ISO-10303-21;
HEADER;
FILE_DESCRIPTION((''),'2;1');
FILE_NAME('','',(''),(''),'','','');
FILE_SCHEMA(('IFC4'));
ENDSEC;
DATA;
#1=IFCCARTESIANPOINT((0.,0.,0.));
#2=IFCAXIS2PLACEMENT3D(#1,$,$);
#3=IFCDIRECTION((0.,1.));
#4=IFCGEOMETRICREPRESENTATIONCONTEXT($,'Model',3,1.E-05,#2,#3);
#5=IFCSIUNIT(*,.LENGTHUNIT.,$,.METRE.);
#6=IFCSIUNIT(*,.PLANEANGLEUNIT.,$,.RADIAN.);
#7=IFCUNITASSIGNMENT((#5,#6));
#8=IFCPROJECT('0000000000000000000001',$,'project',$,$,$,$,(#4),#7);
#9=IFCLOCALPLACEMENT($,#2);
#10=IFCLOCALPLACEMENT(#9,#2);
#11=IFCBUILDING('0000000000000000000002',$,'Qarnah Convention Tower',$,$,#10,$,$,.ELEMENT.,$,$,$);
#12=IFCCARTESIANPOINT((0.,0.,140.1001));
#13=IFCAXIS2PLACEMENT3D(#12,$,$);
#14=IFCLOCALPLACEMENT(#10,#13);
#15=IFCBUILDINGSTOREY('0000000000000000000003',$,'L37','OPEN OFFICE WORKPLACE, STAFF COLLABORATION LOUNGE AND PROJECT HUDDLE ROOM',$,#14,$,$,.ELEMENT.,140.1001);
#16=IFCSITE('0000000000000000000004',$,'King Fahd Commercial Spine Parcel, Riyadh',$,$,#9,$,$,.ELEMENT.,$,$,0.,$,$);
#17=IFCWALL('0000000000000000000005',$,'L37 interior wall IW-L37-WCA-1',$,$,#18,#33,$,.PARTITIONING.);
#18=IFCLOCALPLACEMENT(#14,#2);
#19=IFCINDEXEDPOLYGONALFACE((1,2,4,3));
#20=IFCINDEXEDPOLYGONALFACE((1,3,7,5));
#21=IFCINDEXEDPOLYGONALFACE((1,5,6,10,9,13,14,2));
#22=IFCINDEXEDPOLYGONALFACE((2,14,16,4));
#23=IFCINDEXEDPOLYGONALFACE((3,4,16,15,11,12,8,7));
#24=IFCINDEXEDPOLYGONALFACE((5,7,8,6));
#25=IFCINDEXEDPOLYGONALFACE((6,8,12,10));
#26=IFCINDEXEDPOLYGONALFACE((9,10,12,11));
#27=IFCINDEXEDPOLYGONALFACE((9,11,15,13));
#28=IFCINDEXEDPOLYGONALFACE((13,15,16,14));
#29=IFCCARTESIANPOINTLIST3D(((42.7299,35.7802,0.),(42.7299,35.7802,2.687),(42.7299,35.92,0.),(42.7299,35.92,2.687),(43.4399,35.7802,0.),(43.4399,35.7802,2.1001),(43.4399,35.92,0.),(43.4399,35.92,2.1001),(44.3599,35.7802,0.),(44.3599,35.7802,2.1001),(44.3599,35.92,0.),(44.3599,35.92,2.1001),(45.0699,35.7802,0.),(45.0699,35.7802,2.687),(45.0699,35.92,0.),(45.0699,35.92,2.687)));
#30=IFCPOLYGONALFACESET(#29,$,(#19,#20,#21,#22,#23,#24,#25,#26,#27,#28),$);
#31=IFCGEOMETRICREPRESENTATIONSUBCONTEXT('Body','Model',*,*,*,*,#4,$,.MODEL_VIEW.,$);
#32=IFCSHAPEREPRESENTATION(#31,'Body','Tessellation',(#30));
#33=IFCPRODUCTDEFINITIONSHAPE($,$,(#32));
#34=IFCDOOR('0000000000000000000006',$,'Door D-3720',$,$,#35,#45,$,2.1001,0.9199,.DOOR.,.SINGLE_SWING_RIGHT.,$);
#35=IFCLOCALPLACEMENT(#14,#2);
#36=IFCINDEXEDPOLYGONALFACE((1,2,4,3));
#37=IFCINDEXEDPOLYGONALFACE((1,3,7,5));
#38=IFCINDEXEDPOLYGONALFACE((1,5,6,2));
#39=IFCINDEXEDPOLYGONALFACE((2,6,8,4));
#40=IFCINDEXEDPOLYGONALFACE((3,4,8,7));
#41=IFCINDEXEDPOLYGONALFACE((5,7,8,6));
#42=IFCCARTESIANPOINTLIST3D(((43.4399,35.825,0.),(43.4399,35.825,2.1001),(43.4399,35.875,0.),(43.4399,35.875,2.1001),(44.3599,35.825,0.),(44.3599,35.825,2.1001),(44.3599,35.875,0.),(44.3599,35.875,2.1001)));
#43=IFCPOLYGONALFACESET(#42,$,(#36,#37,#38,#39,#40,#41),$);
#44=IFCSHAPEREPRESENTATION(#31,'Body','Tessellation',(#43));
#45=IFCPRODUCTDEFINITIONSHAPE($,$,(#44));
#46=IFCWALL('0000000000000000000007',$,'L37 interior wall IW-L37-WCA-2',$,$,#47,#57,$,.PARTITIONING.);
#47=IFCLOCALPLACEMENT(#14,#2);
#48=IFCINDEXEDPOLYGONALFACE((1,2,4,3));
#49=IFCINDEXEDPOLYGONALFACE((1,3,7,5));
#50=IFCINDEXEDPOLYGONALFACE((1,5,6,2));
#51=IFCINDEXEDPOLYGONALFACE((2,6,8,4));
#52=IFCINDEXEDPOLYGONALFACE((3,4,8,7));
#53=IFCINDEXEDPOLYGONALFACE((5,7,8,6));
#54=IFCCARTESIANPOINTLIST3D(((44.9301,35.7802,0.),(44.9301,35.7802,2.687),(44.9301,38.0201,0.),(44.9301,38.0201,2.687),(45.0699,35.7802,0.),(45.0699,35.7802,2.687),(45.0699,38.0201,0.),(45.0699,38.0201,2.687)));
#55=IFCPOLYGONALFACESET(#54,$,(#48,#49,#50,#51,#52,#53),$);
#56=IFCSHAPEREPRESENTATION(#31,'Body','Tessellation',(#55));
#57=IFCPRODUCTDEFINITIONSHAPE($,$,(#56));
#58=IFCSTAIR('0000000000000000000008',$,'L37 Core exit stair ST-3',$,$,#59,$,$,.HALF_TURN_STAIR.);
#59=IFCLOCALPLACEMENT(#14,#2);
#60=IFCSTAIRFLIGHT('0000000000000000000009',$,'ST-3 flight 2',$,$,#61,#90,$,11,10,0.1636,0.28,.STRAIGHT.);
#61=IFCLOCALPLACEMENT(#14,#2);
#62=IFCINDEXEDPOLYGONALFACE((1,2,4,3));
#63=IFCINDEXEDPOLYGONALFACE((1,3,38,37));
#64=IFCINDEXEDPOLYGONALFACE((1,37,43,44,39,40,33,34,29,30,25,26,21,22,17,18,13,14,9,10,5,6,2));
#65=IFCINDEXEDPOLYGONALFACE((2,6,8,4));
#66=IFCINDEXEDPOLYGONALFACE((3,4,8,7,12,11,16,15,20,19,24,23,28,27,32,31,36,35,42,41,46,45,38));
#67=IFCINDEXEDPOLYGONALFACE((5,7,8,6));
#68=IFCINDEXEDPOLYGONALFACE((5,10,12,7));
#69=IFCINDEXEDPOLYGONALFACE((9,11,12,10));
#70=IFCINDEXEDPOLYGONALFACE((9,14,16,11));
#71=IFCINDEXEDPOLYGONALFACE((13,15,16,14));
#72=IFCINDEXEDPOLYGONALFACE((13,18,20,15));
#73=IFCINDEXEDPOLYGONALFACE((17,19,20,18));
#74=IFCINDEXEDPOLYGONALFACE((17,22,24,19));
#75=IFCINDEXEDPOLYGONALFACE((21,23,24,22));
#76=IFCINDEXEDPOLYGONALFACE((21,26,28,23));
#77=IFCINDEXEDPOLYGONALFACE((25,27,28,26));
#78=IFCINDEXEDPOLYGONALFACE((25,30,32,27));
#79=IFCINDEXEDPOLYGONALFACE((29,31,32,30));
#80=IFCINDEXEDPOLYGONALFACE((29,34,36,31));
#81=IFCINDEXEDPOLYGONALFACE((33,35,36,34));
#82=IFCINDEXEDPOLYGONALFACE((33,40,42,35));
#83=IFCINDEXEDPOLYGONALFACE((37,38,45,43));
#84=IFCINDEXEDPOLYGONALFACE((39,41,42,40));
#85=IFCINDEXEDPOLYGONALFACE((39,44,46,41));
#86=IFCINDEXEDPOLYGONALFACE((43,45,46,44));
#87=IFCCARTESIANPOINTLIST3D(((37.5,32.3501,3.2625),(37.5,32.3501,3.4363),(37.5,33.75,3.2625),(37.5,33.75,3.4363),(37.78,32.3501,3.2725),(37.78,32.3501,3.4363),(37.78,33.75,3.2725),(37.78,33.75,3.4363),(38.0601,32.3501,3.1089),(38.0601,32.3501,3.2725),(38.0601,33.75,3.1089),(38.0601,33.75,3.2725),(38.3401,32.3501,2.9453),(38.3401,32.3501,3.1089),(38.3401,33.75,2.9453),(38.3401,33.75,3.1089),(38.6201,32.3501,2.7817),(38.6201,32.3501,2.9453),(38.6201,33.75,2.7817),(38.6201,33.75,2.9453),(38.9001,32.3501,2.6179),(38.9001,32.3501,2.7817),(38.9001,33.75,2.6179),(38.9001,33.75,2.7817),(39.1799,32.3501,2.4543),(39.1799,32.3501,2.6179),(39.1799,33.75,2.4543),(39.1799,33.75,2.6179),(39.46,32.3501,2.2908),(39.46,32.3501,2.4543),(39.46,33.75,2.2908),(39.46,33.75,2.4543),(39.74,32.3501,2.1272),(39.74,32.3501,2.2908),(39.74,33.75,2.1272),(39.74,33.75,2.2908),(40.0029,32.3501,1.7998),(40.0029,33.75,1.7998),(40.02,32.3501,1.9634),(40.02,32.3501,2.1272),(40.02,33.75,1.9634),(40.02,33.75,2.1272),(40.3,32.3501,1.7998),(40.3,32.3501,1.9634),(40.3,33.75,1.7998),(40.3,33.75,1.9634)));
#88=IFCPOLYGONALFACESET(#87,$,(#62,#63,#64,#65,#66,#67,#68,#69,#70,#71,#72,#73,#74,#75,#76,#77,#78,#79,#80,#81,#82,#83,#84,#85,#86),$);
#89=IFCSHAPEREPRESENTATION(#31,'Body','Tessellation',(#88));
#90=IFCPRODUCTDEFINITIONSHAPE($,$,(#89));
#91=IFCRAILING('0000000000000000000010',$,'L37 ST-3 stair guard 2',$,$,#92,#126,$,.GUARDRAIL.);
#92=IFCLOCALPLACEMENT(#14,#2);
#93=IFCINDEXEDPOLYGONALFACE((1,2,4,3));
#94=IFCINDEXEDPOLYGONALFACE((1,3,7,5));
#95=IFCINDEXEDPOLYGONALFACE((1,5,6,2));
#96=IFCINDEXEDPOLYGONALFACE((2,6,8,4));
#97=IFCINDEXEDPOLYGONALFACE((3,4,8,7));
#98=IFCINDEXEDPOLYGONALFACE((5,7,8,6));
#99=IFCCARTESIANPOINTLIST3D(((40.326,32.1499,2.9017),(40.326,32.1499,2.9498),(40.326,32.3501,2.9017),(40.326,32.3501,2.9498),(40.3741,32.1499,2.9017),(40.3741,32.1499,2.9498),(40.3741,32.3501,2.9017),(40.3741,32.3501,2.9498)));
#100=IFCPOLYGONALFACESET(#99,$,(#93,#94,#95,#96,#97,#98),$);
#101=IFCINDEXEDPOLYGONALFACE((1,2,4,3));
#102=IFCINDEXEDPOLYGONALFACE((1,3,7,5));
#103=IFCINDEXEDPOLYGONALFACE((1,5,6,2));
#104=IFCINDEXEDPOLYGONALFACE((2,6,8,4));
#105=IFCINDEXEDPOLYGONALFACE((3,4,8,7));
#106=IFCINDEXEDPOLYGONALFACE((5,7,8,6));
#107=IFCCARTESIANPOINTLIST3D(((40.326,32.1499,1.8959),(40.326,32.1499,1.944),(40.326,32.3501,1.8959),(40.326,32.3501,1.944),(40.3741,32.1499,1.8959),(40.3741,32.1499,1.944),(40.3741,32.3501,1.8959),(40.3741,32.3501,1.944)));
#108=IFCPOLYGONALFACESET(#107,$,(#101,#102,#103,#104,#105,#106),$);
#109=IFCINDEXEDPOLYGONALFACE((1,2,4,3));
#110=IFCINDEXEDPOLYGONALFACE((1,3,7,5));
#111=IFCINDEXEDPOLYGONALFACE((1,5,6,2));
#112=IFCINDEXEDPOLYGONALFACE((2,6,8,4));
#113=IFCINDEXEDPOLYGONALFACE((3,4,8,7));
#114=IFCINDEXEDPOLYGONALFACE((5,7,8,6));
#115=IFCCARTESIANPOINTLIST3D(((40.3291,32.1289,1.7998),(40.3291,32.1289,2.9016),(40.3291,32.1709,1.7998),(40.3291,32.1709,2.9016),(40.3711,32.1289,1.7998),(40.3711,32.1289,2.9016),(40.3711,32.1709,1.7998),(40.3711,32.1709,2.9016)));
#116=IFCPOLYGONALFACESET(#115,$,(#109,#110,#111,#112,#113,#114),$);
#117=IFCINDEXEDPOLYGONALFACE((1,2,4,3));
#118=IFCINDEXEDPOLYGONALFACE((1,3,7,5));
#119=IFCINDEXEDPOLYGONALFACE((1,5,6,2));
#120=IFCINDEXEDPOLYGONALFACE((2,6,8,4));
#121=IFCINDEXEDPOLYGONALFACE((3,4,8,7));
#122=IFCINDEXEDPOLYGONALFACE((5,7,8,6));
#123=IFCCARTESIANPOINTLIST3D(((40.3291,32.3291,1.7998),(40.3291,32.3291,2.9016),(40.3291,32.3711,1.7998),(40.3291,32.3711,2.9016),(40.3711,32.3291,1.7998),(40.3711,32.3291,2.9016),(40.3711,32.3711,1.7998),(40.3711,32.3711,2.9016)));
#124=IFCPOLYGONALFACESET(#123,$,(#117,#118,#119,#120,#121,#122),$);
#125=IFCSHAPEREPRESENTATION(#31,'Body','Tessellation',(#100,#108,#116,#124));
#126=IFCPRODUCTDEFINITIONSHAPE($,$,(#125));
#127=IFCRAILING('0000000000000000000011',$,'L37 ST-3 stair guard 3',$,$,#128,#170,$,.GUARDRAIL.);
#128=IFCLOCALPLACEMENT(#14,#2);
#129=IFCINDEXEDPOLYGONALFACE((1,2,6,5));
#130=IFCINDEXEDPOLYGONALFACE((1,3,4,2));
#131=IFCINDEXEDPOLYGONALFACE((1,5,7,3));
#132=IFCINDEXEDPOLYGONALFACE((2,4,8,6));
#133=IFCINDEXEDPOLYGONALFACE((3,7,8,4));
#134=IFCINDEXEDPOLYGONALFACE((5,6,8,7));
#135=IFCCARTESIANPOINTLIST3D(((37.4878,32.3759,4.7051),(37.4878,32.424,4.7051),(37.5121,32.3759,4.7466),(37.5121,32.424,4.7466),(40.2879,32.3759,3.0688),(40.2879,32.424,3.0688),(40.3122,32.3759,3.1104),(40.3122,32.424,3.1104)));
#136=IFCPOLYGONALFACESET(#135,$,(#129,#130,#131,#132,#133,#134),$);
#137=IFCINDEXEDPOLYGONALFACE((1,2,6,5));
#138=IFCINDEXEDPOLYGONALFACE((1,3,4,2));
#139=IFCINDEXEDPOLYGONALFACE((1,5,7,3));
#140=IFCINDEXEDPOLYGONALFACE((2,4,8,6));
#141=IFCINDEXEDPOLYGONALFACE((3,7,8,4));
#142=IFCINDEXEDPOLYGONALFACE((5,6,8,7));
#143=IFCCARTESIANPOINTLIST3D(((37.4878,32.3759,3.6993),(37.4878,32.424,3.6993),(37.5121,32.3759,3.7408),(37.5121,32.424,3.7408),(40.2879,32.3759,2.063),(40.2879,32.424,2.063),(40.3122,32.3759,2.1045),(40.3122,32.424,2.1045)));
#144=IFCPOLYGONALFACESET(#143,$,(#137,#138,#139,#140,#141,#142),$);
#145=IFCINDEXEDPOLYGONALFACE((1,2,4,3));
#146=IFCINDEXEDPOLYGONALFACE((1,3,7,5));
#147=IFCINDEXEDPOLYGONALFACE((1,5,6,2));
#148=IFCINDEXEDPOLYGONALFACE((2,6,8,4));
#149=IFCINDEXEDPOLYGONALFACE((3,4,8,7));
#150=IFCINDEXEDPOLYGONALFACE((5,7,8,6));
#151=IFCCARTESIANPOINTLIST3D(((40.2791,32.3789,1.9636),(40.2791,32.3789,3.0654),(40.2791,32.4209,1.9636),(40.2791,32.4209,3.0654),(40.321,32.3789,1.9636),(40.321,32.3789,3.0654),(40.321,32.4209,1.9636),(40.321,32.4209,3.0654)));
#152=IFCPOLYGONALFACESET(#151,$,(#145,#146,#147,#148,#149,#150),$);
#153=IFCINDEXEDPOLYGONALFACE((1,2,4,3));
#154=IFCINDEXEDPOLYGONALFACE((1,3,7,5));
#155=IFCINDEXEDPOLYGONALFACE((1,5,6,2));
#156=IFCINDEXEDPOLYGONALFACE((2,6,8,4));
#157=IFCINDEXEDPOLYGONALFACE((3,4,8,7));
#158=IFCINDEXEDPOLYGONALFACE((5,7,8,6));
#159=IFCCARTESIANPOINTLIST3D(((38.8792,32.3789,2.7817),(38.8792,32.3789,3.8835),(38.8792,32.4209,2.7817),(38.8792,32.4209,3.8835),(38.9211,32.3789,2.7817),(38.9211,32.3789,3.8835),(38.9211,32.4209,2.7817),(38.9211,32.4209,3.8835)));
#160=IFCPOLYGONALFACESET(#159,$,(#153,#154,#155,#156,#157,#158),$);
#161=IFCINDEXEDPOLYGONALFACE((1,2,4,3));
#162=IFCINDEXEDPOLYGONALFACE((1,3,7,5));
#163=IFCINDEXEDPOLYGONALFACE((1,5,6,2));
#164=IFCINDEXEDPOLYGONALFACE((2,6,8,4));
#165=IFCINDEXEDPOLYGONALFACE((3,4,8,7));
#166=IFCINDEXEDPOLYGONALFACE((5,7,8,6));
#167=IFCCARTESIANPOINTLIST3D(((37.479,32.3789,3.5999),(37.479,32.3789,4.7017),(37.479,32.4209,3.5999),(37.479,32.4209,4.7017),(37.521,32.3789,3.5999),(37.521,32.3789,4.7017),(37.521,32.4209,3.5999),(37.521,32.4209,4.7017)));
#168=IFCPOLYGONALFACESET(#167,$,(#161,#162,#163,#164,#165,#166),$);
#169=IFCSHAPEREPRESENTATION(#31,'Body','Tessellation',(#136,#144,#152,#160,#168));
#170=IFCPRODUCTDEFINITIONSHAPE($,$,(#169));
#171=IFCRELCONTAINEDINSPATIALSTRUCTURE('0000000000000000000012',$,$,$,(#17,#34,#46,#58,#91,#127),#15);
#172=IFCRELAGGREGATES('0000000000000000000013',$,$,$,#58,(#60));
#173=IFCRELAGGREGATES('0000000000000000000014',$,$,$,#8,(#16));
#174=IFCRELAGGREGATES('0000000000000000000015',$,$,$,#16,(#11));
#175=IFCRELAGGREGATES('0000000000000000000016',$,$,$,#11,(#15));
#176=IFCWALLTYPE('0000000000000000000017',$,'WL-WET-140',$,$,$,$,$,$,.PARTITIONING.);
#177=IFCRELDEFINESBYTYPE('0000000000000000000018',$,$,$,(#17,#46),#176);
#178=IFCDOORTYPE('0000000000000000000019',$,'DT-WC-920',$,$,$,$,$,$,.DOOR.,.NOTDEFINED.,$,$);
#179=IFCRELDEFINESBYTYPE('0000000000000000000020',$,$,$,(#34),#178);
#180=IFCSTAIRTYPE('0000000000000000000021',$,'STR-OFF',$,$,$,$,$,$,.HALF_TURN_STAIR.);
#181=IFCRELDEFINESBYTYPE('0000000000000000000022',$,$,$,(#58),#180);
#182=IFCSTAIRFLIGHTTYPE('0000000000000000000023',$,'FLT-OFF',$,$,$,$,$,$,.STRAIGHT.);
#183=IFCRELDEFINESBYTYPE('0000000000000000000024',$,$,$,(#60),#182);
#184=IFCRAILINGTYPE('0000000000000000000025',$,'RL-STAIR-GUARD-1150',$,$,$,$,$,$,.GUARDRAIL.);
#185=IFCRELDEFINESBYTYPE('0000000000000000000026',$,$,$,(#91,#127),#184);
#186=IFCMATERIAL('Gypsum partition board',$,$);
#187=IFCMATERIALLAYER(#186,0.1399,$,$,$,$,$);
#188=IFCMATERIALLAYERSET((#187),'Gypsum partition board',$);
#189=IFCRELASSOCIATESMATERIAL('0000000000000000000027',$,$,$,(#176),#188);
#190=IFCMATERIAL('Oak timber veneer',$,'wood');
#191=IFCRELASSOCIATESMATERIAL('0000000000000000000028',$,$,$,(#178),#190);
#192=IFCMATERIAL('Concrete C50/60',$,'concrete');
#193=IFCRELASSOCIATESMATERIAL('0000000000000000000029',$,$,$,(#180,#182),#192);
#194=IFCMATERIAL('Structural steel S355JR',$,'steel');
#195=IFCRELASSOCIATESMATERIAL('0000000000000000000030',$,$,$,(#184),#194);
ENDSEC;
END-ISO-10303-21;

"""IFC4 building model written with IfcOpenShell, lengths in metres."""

from ifc_helpers import new_model, si_unit, direction, frame, frame_2d, origin, origin_2d, place, context, subcontext, project, spatial, polyline, rectangle, outline, extrude, material, layer, layer_set, type_object, element, fill, aggregate, save


model = new_model("IFC4")

# Units and contexts
model_context = context("Model", 3, precision=1e-05, world=origin(), true_north=direction((0.0, 1.0)))
body_context = subcontext(model_context, "Body", "Model", "MODEL_VIEW")
ifc_project = project(units=[si_unit("LENGTHUNIT", "METRE"), si_unit("PLANEANGLEUNIT", "RADIAN")], contexts=[model_context])

# Site, building, storey
site_placement = place(None, origin())
site = spatial("IfcSite", under=ifc_project, at=site_placement, Name="King Fahd Commercial Spine Parcel, Riyadh", CompositionType="ELEMENT", RefElevation=0.0)
building_placement = place(site_placement, origin())
building = spatial("IfcBuilding", under=site, at=building_placement, Name="Qarnah Convention Tower", CompositionType="ELEMENT")
storey_placement = place(building_placement, frame((0.0, 0.0, 140.1001)))
storey = spatial("IfcBuildingStorey", under=building, at=storey_placement, Name="L37", Description="OPEN OFFICE WORKPLACE, STAFF COLLABORATION LOUNGE AND PROJECT HUDDLE ROOM", CompositionType="ELEMENT", Elevation=140.1001)

# Shared definitions
ifc_material_1 = material(Name="Structural steel S355JR", Category="steel")

# Shared definitions
ifc_material_2 = material(Name="Gypsum partition board")

# Shared definitions
ifc_layer_1 = layer(ifc_material_2, 0.1399)
ifc_layer_set_1 = layer_set([ifc_layer_1], Name="Gypsum partition board")
wall_type_1 = type_object("IfcWallType", Name="WL-WET-140", PredefinedType="PARTITIONING", material=ifc_layer_set_1)
ifc_material_3 = material(Name="Oak timber veneer", Category="wood")
door_type_1 = type_object("IfcDoorType", Name="DT-WC-920", OperationType="NOTDEFINED", PredefinedType="DOOR", material=ifc_material_3)

# Wall, opening, door
wall_1_placement = place(storey_placement, frame((42.73, 35.8501, 0.0), z_axis=(0.0, 0.0, 1.0), x_axis=(1.0, 0.0, 0.0)))
wall_1 = element("IfcWall", 1, at=wall_1_placement, inside=storey, type_object=wall_type_1, Name="L37 interior wall IW-L37-WCA-1", PredefinedType="PARTITIONING", context=body_context, shape_type="SweptSolid", body=[
    extrude(rectangle(XDim=2.3401, YDim=0.1399, at=frame_2d((1.1699, 0.0))), origin(), (0.0, 0.0, 1.0), 2.687),
])
opening_1_placement = place(wall_1_placement, frame((0.71, 0.0, 0.0)))
opening_1 = element("IfcOpeningElement", 2, at=opening_1_placement, cuts=wall_1, PredefinedType="OPENING", context=body_context, shape_type="SweptSolid", body=[
    extrude(rectangle(XDim=0.9199, YDim=2.1001, at=frame_2d((0.46, 1.05))), frame((0.0, 0.0798, 0.0), z_axis=(0.0, -1.0, 0.0), x_axis=(1.0, 0.0, 0.0)), (0.0, 0.0, 1.0), 0.1599),
])
door_1_placement = place(opening_1_placement, origin())
door_1 = element("IfcDoor", 3, at=door_1_placement, inside=storey, type_object=door_type_1, Name="Door D-3720", OperationType="SINGLE_SWING_RIGHT", OverallHeight=2.1001, OverallWidth=0.9199, PredefinedType="DOOR", context=body_context, shape_type="SweptSolid", body=[
    extrude(rectangle(XDim=0.9199, YDim=2.1001, at=frame_2d((0.46, 1.05))), frame((0.0, 0.0249, 0.0), z_axis=(0.0, -1.0, 0.0), x_axis=(1.0, 0.0, 0.0)), (0.0, 0.0, 1.0), 0.05),
])
fill(opening_1, door_1)

# Wall
wall_2_placement = place(storey_placement, frame((45.0, 35.78, 0.0), z_axis=(0.0, 0.0, 1.0), x_axis=(0.0, 1.0, 0.0)))
element("IfcWall", 4, at=wall_2_placement, inside=storey, type_object=wall_type_1, Name="L37 interior wall IW-L37-WCA-2", PredefinedType="PARTITIONING", context=body_context, shape_type="SweptSolid", body=[
    extrude(rectangle(XDim=2.24, YDim=0.1399, at=frame_2d((1.1201, 0.0))), origin(), (0.0, 0.0, 1.0), 2.687),
])

# Stair, stair flight
ifc_material_4 = material(Name="Concrete C50/60", Category="concrete")
stair_type = type_object("IfcStairType", Name="STR-OFF", PredefinedType="HALF_TURN_STAIR", material=ifc_material_4)
stair_placement = place(storey_placement, origin())
stair = element("IfcStair", 5, at=stair_placement, inside=storey, type_object=stair_type, Name="L37 Core exit stair ST-3", PredefinedType="HALF_TURN_STAIR")
stair_flight_type = type_object("IfcStairFlightType", Name="FLT-OFF", PredefinedType="STRAIGHT", material=ifc_material_4)
stair_flight_placement = place(storey_placement, frame((40.3, 33.05, 1.7998), z_axis=(0.0, 0.0, 1.0), x_axis=(-1.0, 0.0, 0.0)))
stair_flight = element("IfcStairFlight", 6, at=stair_flight_placement, type_object=stair_flight_type, Name="ST-3 flight 2", NumberOfRisers=11, NumberOfTreads=10, PredefinedType="STRAIGHT", RiserHeight=0.1636, TreadLength=0.28, context=body_context, shape_type="SweptSolid", body=[
    extrude(outline(polyline([(0.0, 0.0), (0.0, 0.1636), (0.28, 0.1636), (0.28, 0.3274), (0.5601, 0.3274), (0.5601, 0.491), (0.8401, 0.491), (0.8401, 0.6545), (1.1201, 0.6545), (1.1201, 0.8181), (1.3999, 0.8181), (1.3999, 0.9819), (1.6799, 0.9819), (1.6799, 1.1455), (1.96, 1.1455), (1.96, 1.3091), (2.24, 1.3091), (2.24, 1.4727), (2.52, 1.4727), (2.52, 1.6365), (2.8, 1.6365), (2.8, 1.8), (2.8, 1.4626), (0.2971, 0.0), (0.0, 0.0)])), frame((0.0, 0.7, 0.0), z_axis=(0.0, -1.0, 0.0), x_axis=(1.0, 0.0, 0.0)), (0.0, 0.0, 1.0), 1.3999),
])
aggregate(stair, [stair_flight])

# Railings
railing_type_1 = type_object("IfcRailingType", Name="RL-STAIR-GUARD-1150", PredefinedType="GUARDRAIL", material=ifc_material_1)
railing_1_placement = place(storey_placement, frame((40.3501, 32.1499, 1.7998)))
element("IfcRailing", 7, at=railing_1_placement, inside=storey, type_object=railing_type_1, Name="L37 ST-3 stair guard 2", PredefinedType="GUARDRAIL", context=body_context, shape_type="SweptSolid", body=[
    extrude(rectangle(XDim=0.0481, YDim=0.0481, at=origin_2d()), frame((0.0, 0.0, 1.126), z_axis=(0.0, 1.0, 0.0), x_axis=(-1.0, 0.0, 0.0)), (0.0, 0.0, 1.0), 0.2002),
    extrude(rectangle(XDim=0.0481, YDim=0.0481, at=origin_2d()), frame((0.0, 0.0, 0.1201), z_axis=(0.0, 1.0, 0.0), x_axis=(-1.0, 0.0, 0.0)), (0.0, 0.0, 1.0), 0.2002),
    extrude(rectangle(XDim=0.042, YDim=0.042, at=origin_2d()), origin(), (0.0, 0.0, 1.0), 1.1018),
    extrude(rectangle(XDim=0.042, YDim=0.042, at=origin_2d()), frame((0.0, 0.2002, 0.0)), (0.0, 0.0, 1.0), 1.1018),
])
railing_2_placement = place(storey_placement, frame((40.3, 32.3999, 1.9636)))
element("IfcRailing", 8, at=railing_2_placement, inside=storey, type_object=railing_type_1, Name="L37 ST-3 stair guard 3", PredefinedType="GUARDRAIL", context=body_context, shape_type="SweptSolid", body=[
    extrude(rectangle(XDim=0.0481, YDim=0.0481, at=origin_2d()), frame((0.0, 0.0, 1.126), z_axis=(-0.863394, 0.0, 0.504531), x_axis=(0.0, -1.0, 0.0)), (0.0, 0.0, 1.0), 3.2432),
    extrude(rectangle(XDim=0.0481, YDim=0.0481, at=origin_2d()), frame((0.0, 0.0, 0.1201), z_axis=(-0.863394, 0.0, 0.504531), x_axis=(0.0, -1.0, 0.0)), (0.0, 0.0, 1.0), 3.2432),
    extrude(rectangle(XDim=0.042, YDim=0.042, at=origin_2d()), origin(), (0.0, 0.0, 1.0), 1.1018),
    extrude(rectangle(XDim=0.042, YDim=0.042, at=origin_2d()), frame((-1.3999, 0.0, 0.8181)), (0.0, 0.0, 1.0), 1.1018),
    extrude(rectangle(XDim=0.042, YDim=0.042, at=origin_2d()), frame((-2.8, 0.0, 1.6362)), (0.0, 0.0, 1.0), 1.1018),
])

save(model, "model.ifc")
